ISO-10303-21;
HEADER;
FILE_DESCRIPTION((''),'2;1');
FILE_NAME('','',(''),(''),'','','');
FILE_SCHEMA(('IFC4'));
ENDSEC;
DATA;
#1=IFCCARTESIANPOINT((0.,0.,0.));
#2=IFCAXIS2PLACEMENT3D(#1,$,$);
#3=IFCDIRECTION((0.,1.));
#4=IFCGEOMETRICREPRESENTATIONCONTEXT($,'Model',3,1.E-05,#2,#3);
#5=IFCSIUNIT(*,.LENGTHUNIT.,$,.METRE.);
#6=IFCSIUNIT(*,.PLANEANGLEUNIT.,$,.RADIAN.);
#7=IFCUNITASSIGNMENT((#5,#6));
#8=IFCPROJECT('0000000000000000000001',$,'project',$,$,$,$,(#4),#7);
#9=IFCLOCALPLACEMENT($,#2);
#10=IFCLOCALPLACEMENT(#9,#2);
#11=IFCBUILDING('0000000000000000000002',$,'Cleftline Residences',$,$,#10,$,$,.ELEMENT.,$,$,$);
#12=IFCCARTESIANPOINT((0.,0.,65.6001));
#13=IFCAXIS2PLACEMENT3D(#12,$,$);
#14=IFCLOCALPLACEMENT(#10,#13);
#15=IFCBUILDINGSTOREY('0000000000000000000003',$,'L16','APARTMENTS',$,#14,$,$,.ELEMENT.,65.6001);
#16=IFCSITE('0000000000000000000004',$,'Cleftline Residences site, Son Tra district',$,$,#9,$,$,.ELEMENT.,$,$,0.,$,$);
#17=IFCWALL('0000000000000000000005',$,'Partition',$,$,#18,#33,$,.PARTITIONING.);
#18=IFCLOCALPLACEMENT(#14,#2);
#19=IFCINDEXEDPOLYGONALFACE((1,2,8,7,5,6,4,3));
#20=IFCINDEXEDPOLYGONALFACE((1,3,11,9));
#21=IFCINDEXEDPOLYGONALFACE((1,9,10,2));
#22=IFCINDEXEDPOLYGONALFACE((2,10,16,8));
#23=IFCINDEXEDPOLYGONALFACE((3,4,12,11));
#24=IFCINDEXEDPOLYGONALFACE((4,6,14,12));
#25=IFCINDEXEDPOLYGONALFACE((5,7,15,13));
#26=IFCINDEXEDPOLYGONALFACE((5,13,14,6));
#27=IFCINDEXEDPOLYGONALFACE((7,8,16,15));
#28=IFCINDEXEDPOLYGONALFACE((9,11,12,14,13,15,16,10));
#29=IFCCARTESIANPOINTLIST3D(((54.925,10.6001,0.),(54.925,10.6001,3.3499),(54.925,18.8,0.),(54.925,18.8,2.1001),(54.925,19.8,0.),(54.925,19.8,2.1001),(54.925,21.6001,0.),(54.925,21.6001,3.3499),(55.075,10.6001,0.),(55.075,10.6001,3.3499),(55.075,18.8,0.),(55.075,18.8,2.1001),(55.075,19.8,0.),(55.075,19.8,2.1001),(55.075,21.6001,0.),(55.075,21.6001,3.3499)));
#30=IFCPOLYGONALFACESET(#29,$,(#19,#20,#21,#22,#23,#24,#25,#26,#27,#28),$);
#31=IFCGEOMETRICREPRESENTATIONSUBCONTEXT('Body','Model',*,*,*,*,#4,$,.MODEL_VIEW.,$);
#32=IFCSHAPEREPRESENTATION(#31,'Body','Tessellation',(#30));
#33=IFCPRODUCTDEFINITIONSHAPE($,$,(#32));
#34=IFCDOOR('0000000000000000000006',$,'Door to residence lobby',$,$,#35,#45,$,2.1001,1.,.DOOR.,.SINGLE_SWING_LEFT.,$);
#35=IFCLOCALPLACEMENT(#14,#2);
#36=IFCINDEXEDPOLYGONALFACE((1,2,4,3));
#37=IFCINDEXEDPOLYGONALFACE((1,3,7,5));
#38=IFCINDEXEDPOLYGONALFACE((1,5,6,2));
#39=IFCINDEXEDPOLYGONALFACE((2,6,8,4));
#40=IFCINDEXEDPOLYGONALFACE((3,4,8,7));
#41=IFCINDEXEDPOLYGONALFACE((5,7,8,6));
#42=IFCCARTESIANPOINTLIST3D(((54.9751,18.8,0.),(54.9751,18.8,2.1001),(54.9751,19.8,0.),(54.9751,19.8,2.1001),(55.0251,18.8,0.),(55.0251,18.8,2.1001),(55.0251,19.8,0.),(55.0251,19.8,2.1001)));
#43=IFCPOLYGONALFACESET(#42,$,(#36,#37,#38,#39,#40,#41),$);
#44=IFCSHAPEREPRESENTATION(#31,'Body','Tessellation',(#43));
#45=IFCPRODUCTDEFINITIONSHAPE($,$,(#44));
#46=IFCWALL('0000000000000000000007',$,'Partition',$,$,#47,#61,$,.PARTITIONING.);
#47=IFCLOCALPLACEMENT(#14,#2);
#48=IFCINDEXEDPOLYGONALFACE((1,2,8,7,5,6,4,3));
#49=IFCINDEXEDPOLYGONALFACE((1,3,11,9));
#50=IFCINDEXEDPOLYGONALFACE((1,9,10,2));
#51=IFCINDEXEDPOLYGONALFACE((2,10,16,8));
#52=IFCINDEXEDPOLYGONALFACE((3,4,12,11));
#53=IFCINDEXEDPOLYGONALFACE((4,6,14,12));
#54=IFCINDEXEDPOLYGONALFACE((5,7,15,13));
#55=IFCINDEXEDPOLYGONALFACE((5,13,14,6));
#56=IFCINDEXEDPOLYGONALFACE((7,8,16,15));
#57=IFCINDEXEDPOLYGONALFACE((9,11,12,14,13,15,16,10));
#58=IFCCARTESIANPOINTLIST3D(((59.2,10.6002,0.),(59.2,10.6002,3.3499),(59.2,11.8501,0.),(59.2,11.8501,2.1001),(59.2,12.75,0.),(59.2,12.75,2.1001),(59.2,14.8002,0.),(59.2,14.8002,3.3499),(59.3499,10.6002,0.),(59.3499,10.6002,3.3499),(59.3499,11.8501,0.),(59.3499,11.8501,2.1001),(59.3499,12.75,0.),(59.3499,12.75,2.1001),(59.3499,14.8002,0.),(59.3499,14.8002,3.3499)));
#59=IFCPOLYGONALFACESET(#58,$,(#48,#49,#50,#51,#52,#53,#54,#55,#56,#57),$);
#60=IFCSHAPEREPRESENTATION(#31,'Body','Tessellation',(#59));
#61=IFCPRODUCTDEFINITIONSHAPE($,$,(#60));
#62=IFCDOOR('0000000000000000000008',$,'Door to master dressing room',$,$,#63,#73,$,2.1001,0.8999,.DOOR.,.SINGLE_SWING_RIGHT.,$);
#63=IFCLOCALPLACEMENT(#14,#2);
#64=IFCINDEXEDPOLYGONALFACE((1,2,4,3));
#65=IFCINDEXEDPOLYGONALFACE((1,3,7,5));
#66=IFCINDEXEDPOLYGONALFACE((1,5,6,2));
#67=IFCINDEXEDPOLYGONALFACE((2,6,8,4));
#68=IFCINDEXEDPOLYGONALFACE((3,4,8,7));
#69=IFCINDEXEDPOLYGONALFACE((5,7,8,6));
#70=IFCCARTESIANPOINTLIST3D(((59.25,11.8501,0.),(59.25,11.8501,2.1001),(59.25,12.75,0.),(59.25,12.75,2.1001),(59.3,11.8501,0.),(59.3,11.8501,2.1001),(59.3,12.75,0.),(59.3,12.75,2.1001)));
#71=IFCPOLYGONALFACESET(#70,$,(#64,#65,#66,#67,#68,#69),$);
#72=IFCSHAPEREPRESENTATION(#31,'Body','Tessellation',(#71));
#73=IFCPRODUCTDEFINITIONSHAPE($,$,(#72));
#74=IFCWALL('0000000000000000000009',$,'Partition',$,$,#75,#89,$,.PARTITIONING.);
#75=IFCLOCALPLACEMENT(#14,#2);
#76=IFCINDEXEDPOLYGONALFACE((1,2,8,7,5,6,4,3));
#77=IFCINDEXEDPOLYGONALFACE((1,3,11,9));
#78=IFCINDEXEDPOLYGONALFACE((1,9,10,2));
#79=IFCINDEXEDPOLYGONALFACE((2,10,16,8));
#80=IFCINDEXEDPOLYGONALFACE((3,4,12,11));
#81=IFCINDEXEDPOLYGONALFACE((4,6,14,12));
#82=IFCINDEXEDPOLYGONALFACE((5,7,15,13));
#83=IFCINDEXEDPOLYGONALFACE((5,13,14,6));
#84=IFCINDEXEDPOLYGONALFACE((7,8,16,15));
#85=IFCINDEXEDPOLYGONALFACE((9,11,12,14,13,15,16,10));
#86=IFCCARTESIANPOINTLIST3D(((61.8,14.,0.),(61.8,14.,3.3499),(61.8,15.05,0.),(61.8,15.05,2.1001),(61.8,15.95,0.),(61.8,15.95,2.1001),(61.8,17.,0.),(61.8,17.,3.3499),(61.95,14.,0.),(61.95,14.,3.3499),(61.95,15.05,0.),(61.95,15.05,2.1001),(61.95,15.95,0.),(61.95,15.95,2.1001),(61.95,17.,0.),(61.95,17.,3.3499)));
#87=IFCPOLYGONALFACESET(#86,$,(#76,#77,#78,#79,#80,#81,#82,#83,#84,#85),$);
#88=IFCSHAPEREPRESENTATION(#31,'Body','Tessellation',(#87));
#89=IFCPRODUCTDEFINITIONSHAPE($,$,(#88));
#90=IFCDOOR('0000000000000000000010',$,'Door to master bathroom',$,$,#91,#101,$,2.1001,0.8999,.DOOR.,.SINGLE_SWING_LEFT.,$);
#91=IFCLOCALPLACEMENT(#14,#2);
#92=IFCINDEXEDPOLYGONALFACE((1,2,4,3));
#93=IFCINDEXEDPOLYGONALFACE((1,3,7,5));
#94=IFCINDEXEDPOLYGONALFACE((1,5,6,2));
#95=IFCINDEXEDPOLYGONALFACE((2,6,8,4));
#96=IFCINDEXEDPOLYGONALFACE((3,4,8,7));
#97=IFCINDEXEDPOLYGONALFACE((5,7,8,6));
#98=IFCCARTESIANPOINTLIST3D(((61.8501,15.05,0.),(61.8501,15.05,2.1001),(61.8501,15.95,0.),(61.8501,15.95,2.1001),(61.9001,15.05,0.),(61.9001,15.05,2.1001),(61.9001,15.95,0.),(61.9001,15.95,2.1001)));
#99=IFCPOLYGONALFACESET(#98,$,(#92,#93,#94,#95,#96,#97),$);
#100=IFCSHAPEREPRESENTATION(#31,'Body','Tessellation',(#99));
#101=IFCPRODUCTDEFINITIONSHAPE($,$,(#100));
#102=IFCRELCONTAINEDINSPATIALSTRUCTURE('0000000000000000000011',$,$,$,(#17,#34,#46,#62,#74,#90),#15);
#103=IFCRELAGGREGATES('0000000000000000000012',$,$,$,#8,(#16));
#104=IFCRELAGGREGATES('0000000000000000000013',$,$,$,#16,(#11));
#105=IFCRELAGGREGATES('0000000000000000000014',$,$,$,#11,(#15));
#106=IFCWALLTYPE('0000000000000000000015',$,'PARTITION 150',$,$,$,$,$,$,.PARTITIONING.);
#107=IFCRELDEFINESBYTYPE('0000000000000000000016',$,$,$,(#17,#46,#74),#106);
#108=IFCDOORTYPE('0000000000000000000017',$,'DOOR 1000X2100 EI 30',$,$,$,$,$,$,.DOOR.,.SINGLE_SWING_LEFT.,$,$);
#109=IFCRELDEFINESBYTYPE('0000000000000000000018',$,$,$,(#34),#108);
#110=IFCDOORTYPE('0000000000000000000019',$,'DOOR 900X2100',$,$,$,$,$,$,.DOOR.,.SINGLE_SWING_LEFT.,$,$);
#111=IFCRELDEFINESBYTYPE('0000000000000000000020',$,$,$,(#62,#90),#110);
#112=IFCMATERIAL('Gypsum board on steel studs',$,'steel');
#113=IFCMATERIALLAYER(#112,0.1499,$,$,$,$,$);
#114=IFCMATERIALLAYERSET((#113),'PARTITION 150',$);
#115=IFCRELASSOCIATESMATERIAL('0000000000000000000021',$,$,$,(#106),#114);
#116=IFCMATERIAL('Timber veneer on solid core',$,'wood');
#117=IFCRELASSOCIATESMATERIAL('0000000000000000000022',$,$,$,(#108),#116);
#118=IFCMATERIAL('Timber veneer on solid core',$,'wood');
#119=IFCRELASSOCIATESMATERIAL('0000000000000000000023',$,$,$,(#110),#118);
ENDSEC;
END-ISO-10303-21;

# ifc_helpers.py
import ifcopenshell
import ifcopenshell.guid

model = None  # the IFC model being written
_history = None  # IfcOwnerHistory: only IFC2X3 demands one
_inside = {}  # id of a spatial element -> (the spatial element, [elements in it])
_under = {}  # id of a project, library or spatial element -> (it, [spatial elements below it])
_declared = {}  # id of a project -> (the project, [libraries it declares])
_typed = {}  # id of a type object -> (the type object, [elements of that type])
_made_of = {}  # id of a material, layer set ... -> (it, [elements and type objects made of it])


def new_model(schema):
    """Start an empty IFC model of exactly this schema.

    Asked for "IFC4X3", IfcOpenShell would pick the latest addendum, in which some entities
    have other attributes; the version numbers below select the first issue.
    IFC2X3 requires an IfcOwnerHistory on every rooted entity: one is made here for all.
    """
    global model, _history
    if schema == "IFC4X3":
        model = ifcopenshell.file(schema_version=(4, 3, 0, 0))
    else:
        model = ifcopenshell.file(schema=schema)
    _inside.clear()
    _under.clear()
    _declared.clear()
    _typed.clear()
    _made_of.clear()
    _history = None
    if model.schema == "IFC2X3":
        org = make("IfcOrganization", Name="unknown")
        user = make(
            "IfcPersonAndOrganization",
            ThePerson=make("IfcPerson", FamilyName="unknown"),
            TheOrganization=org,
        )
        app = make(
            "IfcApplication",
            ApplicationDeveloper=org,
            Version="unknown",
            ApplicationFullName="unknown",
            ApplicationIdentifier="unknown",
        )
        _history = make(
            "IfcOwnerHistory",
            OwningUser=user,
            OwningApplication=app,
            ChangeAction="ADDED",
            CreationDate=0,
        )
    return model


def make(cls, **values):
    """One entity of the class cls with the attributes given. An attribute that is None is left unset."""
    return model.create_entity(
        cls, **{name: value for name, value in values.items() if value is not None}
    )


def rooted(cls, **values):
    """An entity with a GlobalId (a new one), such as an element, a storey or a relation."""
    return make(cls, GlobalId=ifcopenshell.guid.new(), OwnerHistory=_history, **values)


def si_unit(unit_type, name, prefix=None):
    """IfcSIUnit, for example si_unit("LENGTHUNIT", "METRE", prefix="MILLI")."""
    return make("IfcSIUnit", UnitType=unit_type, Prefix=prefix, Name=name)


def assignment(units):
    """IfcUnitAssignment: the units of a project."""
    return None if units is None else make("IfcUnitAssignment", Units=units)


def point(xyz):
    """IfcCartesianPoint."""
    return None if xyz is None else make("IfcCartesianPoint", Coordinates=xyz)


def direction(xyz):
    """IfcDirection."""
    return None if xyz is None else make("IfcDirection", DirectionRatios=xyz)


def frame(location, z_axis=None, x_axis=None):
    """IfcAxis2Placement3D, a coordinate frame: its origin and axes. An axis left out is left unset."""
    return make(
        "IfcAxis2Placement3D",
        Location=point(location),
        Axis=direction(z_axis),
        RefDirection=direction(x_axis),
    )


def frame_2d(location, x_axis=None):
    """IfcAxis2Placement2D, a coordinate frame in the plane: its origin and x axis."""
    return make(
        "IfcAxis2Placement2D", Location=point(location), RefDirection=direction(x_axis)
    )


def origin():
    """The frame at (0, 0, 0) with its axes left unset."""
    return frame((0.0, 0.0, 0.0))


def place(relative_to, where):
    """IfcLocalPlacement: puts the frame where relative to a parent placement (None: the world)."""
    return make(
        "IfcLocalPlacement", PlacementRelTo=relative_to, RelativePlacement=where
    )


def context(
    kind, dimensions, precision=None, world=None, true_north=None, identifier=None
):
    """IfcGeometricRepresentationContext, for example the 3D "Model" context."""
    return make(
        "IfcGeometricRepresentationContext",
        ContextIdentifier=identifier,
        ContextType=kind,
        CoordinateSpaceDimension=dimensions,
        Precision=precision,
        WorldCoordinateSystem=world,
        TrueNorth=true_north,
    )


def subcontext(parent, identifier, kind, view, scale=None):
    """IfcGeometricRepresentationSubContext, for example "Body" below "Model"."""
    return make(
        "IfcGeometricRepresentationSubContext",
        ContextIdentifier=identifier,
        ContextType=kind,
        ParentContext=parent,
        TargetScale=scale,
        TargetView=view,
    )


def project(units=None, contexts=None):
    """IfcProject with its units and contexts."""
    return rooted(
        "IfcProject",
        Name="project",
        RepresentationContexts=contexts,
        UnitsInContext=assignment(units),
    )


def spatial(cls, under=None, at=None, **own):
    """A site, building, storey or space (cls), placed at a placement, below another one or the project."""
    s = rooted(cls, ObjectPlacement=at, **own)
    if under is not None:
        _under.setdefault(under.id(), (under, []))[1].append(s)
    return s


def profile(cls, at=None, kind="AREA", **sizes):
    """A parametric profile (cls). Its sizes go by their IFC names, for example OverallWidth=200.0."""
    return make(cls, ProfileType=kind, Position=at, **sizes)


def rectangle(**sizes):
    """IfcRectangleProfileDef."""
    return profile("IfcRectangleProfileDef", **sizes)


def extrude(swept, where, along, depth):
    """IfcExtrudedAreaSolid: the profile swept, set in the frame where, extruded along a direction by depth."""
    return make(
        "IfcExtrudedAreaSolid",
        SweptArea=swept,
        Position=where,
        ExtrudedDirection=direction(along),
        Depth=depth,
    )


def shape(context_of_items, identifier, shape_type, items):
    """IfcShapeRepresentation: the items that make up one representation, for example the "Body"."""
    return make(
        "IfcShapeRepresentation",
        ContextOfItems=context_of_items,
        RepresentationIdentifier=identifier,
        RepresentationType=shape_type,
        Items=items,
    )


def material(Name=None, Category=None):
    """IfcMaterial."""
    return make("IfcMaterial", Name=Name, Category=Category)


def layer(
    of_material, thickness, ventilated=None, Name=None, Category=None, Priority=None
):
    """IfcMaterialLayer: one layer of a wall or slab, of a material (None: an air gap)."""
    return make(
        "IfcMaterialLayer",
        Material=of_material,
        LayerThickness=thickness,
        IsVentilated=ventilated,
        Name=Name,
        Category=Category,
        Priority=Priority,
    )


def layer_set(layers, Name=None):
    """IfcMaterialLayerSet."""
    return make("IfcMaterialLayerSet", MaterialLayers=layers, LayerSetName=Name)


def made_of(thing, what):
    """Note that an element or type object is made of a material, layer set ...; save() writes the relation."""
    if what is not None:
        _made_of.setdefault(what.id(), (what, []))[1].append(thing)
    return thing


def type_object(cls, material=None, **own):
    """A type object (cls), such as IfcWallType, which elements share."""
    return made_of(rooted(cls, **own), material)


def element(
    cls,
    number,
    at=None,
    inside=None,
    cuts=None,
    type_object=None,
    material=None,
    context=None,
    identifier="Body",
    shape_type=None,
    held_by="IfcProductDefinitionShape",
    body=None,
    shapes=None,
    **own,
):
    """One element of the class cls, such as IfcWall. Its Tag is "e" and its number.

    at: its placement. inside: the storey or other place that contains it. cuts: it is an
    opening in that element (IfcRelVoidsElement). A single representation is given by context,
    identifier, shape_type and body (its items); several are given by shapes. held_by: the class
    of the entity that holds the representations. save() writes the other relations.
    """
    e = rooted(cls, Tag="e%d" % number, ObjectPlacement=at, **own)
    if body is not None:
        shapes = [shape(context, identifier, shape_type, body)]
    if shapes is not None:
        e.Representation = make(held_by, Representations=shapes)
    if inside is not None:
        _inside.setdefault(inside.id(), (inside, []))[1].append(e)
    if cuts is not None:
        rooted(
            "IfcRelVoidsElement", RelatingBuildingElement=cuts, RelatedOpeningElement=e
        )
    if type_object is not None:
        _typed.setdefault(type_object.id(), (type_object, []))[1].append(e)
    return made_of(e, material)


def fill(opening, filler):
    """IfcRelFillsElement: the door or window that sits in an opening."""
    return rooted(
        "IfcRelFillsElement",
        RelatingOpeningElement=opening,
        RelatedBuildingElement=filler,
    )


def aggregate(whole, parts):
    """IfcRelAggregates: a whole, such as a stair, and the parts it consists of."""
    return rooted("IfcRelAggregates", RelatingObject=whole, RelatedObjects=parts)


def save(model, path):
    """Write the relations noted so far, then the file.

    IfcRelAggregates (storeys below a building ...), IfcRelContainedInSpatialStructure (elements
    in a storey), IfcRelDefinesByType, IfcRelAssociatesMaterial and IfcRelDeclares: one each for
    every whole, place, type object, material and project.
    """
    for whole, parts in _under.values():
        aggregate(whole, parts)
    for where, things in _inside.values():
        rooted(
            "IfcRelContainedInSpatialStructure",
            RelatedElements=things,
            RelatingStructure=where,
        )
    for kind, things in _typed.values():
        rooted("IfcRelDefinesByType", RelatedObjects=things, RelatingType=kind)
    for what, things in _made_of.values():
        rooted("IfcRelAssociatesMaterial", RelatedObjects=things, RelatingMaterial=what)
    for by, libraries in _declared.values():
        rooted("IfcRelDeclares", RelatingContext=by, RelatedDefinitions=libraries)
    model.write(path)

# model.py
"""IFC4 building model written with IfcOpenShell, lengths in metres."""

from ifc_helpers import new_model, si_unit, direction, frame, frame_2d, origin, place, context, subcontext, project, spatial, rectangle, extrude, material, layer, layer_set, type_object, element, fill, save


model = new_model("IFC4")

# Units and contexts
model_context = context("Model", 3, precision=1e-05, world=origin(), true_north=direction((0.0, 1.0)))
body_context = subcontext(model_context, "Body", "Model", "MODEL_VIEW")
ifc_project = project(units=[si_unit("LENGTHUNIT", "METRE"), si_unit("PLANEANGLEUNIT", "RADIAN")], contexts=[model_context])

# Site, building, storey
site_placement = place(None, origin())
site = spatial("IfcSite", under=ifc_project, at=site_placement, Name="Cleftline Residences site, Son Tra district", CompositionType="ELEMENT", RefElevation=0.0)
building_placement = place(site_placement, origin())
building = spatial("IfcBuilding", under=site, at=building_placement, Name="Cleftline Residences", CompositionType="ELEMENT")
storey_placement = place(building_placement, frame((0.0, 0.0, 65.6001)))
storey = spatial("IfcBuildingStorey", under=building, at=storey_placement, Name="L16", Description="APARTMENTS", CompositionType="ELEMENT", Elevation=65.6001)

# Shared definitions
ifc_material_1 = material(Name="Gypsum board on steel studs", Category="steel")
ifc_layer = layer(ifc_material_1, 0.1499)
ifc_layer_set = layer_set([ifc_layer], Name="PARTITION 150")
wall_type = type_object("IfcWallType", Name="PARTITION 150", PredefinedType="PARTITIONING", material=ifc_layer_set)

# Walls, openings, doors
wall_1_placement = place(storey_placement, frame((55.0, 10.6001, 0.0), z_axis=(0.0, 0.0, 1.0), x_axis=(0.0, 1.0, 0.0)))
wall_1 = element("IfcWall", 1, at=wall_1_placement, inside=storey, type_object=wall_type, Name="Partition", PredefinedType="PARTITIONING", context=body_context, shape_type="SweptSolid", body=[
    extrude(rectangle(XDim=11.0, YDim=0.1499, at=frame_2d((5.5, 0.0))), origin(), (0.0, 0.0, 1.0), 3.3499),
])
opening_1_placement = place(wall_1_placement, frame((8.2, 0.0, 0.0)))
opening_1 = element("IfcOpeningElement", 2, at=opening_1_placement, cuts=wall_1, PredefinedType="OPENING", context=body_context, shape_type="SweptSolid", body=[
    extrude(rectangle(XDim=1.0, YDim=2.1001, at=frame_2d((0.5, 1.05))), frame((0.0, 0.085, 0.0), z_axis=(0.0, -1.0, 0.0), x_axis=(1.0, 0.0, 0.0)), (0.0, 0.0, 1.0), 0.1699),
])
ifc_material_2 = material(Name="Timber veneer on solid core", Category="wood")
door_type_1 = type_object("IfcDoorType", Name="DOOR 1000X2100 EI 30", OperationType="SINGLE_SWING_LEFT", PredefinedType="DOOR", material=ifc_material_2)
door_1_placement = place(opening_1_placement, origin())
door_1 = element("IfcDoor", 3, at=door_1_placement, inside=storey, type_object=door_type_1, Name="Door to residence lobby", OperationType="SINGLE_SWING_LEFT", OverallHeight=2.1001, OverallWidth=1.0, PredefinedType="DOOR", context=body_context, shape_type="SweptSolid", body=[
    extrude(rectangle(XDim=1.0, YDim=2.1001, at=frame_2d((0.5, 1.05))), frame((0.0, 0.0249, 0.0), z_axis=(0.0, -1.0, 0.0), x_axis=(1.0, 0.0, 0.0)), (0.0, 0.0, 1.0), 0.05),
])
fill(opening_1, door_1)
wall_2_placement = place(storey_placement, frame((59.2749, 10.6001, 0.0), z_axis=(0.0, 0.0, 1.0), x_axis=(0.0, 1.0, 0.0)))
wall_2 = element("IfcWall", 4, at=wall_2_placement, inside=storey, type_object=wall_type, Name="Partition", PredefinedType="PARTITIONING", context=body_context, shape_type="SweptSolid", body=[
    extrude(rectangle(XDim=4.2, YDim=0.1499, at=frame_2d((2.1001, 0.0))), origin(), (0.0, 0.0, 1.0), 3.3499),
])
opening_2_placement = place(wall_2_placement, frame((1.25, 0.0, 0.0)))
opening_2 = element("IfcOpeningElement", 5, at=opening_2_placement, cuts=wall_2, PredefinedType="OPENING", context=body_context, shape_type="SweptSolid", body=[
    extrude(rectangle(XDim=0.8999, YDim=2.1001, at=frame_2d((0.45, 1.05))), frame((0.0, 0.085, 0.0), z_axis=(0.0, -1.0, 0.0), x_axis=(1.0, 0.0, 0.0)), (0.0, 0.0, 1.0), 0.1699),
])
ifc_material_3 = material(Name="Timber veneer on solid core", Category="wood")
door_type_2 = type_object("IfcDoorType", Name="DOOR 900X2100", OperationType="SINGLE_SWING_LEFT", PredefinedType="DOOR", material=ifc_material_3)
door_2_placement = place(opening_2_placement, origin())
door_2 = element("IfcDoor", 6, at=door_2_placement, inside=storey, type_object=door_type_2, Name="Door to master dressing room", OperationType="SINGLE_SWING_RIGHT", OverallHeight=2.1001, OverallWidth=0.8999, PredefinedType="DOOR", context=body_context, shape_type="SweptSolid", body=[
    extrude(rectangle(XDim=0.8999, YDim=2.1001, at=frame_2d((0.45, 1.05))), frame((0.0, 0.0249, 0.0), z_axis=(0.0, -1.0, 0.0), x_axis=(1.0, 0.0, 0.0)), (0.0, 0.0, 1.0), 0.05),
])
fill(opening_2, door_2)
wall_3_placement = place(storey_placement, frame((61.875, 14.0, 0.0), z_axis=(0.0, 0.0, 1.0), x_axis=(0.0, 1.0, 0.0)))
wall_3 = element("IfcWall", 7, at=wall_3_placement, inside=storey, type_object=wall_type, Name="Partition", PredefinedType="PARTITIONING", context=body_context, shape_type="SweptSolid", body=[
    extrude(rectangle(XDim=3.0, YDim=0.1499, at=frame_2d((1.5, 0.0))), origin(), (0.0, 0.0, 1.0), 3.3499),
])
opening_3_placement = place(wall_3_placement, frame((1.05, 0.0, 0.0)))
opening_3 = element("IfcOpeningElement", 8, at=opening_3_placement, cuts=wall_3, PredefinedType="OPENING", context=body_context, shape_type="SweptSolid", body=[
    extrude(rectangle(XDim=0.8999, YDim=2.1001, at=frame_2d((0.45, 1.05))), frame((0.0, 0.085, 0.0), z_axis=(0.0, -1.0, 0.0), x_axis=(1.0, 0.0, 0.0)), (0.0, 0.0, 1.0), 0.1699),
])
door_3_placement = place(opening_3_placement, origin())
door_3 = element("IfcDoor", 9, at=door_3_placement, inside=storey, type_object=door_type_2, Name="Door to master bathroom", OperationType="SINGLE_SWING_LEFT", OverallHeight=2.1001, OverallWidth=0.8999, PredefinedType="DOOR", context=body_context, shape_type="SweptSolid", body=[
    extrude(rectangle(XDim=0.8999, YDim=2.1001, at=frame_2d((0.45, 1.05))), frame((0.0, 0.0249, 0.0), z_axis=(0.0, -1.0, 0.0), x_axis=(1.0, 0.0, 0.0)), (0.0, 0.0, 1.0), 0.05),
])
fill(opening_3, door_3)

save(model, "model.ifc")
